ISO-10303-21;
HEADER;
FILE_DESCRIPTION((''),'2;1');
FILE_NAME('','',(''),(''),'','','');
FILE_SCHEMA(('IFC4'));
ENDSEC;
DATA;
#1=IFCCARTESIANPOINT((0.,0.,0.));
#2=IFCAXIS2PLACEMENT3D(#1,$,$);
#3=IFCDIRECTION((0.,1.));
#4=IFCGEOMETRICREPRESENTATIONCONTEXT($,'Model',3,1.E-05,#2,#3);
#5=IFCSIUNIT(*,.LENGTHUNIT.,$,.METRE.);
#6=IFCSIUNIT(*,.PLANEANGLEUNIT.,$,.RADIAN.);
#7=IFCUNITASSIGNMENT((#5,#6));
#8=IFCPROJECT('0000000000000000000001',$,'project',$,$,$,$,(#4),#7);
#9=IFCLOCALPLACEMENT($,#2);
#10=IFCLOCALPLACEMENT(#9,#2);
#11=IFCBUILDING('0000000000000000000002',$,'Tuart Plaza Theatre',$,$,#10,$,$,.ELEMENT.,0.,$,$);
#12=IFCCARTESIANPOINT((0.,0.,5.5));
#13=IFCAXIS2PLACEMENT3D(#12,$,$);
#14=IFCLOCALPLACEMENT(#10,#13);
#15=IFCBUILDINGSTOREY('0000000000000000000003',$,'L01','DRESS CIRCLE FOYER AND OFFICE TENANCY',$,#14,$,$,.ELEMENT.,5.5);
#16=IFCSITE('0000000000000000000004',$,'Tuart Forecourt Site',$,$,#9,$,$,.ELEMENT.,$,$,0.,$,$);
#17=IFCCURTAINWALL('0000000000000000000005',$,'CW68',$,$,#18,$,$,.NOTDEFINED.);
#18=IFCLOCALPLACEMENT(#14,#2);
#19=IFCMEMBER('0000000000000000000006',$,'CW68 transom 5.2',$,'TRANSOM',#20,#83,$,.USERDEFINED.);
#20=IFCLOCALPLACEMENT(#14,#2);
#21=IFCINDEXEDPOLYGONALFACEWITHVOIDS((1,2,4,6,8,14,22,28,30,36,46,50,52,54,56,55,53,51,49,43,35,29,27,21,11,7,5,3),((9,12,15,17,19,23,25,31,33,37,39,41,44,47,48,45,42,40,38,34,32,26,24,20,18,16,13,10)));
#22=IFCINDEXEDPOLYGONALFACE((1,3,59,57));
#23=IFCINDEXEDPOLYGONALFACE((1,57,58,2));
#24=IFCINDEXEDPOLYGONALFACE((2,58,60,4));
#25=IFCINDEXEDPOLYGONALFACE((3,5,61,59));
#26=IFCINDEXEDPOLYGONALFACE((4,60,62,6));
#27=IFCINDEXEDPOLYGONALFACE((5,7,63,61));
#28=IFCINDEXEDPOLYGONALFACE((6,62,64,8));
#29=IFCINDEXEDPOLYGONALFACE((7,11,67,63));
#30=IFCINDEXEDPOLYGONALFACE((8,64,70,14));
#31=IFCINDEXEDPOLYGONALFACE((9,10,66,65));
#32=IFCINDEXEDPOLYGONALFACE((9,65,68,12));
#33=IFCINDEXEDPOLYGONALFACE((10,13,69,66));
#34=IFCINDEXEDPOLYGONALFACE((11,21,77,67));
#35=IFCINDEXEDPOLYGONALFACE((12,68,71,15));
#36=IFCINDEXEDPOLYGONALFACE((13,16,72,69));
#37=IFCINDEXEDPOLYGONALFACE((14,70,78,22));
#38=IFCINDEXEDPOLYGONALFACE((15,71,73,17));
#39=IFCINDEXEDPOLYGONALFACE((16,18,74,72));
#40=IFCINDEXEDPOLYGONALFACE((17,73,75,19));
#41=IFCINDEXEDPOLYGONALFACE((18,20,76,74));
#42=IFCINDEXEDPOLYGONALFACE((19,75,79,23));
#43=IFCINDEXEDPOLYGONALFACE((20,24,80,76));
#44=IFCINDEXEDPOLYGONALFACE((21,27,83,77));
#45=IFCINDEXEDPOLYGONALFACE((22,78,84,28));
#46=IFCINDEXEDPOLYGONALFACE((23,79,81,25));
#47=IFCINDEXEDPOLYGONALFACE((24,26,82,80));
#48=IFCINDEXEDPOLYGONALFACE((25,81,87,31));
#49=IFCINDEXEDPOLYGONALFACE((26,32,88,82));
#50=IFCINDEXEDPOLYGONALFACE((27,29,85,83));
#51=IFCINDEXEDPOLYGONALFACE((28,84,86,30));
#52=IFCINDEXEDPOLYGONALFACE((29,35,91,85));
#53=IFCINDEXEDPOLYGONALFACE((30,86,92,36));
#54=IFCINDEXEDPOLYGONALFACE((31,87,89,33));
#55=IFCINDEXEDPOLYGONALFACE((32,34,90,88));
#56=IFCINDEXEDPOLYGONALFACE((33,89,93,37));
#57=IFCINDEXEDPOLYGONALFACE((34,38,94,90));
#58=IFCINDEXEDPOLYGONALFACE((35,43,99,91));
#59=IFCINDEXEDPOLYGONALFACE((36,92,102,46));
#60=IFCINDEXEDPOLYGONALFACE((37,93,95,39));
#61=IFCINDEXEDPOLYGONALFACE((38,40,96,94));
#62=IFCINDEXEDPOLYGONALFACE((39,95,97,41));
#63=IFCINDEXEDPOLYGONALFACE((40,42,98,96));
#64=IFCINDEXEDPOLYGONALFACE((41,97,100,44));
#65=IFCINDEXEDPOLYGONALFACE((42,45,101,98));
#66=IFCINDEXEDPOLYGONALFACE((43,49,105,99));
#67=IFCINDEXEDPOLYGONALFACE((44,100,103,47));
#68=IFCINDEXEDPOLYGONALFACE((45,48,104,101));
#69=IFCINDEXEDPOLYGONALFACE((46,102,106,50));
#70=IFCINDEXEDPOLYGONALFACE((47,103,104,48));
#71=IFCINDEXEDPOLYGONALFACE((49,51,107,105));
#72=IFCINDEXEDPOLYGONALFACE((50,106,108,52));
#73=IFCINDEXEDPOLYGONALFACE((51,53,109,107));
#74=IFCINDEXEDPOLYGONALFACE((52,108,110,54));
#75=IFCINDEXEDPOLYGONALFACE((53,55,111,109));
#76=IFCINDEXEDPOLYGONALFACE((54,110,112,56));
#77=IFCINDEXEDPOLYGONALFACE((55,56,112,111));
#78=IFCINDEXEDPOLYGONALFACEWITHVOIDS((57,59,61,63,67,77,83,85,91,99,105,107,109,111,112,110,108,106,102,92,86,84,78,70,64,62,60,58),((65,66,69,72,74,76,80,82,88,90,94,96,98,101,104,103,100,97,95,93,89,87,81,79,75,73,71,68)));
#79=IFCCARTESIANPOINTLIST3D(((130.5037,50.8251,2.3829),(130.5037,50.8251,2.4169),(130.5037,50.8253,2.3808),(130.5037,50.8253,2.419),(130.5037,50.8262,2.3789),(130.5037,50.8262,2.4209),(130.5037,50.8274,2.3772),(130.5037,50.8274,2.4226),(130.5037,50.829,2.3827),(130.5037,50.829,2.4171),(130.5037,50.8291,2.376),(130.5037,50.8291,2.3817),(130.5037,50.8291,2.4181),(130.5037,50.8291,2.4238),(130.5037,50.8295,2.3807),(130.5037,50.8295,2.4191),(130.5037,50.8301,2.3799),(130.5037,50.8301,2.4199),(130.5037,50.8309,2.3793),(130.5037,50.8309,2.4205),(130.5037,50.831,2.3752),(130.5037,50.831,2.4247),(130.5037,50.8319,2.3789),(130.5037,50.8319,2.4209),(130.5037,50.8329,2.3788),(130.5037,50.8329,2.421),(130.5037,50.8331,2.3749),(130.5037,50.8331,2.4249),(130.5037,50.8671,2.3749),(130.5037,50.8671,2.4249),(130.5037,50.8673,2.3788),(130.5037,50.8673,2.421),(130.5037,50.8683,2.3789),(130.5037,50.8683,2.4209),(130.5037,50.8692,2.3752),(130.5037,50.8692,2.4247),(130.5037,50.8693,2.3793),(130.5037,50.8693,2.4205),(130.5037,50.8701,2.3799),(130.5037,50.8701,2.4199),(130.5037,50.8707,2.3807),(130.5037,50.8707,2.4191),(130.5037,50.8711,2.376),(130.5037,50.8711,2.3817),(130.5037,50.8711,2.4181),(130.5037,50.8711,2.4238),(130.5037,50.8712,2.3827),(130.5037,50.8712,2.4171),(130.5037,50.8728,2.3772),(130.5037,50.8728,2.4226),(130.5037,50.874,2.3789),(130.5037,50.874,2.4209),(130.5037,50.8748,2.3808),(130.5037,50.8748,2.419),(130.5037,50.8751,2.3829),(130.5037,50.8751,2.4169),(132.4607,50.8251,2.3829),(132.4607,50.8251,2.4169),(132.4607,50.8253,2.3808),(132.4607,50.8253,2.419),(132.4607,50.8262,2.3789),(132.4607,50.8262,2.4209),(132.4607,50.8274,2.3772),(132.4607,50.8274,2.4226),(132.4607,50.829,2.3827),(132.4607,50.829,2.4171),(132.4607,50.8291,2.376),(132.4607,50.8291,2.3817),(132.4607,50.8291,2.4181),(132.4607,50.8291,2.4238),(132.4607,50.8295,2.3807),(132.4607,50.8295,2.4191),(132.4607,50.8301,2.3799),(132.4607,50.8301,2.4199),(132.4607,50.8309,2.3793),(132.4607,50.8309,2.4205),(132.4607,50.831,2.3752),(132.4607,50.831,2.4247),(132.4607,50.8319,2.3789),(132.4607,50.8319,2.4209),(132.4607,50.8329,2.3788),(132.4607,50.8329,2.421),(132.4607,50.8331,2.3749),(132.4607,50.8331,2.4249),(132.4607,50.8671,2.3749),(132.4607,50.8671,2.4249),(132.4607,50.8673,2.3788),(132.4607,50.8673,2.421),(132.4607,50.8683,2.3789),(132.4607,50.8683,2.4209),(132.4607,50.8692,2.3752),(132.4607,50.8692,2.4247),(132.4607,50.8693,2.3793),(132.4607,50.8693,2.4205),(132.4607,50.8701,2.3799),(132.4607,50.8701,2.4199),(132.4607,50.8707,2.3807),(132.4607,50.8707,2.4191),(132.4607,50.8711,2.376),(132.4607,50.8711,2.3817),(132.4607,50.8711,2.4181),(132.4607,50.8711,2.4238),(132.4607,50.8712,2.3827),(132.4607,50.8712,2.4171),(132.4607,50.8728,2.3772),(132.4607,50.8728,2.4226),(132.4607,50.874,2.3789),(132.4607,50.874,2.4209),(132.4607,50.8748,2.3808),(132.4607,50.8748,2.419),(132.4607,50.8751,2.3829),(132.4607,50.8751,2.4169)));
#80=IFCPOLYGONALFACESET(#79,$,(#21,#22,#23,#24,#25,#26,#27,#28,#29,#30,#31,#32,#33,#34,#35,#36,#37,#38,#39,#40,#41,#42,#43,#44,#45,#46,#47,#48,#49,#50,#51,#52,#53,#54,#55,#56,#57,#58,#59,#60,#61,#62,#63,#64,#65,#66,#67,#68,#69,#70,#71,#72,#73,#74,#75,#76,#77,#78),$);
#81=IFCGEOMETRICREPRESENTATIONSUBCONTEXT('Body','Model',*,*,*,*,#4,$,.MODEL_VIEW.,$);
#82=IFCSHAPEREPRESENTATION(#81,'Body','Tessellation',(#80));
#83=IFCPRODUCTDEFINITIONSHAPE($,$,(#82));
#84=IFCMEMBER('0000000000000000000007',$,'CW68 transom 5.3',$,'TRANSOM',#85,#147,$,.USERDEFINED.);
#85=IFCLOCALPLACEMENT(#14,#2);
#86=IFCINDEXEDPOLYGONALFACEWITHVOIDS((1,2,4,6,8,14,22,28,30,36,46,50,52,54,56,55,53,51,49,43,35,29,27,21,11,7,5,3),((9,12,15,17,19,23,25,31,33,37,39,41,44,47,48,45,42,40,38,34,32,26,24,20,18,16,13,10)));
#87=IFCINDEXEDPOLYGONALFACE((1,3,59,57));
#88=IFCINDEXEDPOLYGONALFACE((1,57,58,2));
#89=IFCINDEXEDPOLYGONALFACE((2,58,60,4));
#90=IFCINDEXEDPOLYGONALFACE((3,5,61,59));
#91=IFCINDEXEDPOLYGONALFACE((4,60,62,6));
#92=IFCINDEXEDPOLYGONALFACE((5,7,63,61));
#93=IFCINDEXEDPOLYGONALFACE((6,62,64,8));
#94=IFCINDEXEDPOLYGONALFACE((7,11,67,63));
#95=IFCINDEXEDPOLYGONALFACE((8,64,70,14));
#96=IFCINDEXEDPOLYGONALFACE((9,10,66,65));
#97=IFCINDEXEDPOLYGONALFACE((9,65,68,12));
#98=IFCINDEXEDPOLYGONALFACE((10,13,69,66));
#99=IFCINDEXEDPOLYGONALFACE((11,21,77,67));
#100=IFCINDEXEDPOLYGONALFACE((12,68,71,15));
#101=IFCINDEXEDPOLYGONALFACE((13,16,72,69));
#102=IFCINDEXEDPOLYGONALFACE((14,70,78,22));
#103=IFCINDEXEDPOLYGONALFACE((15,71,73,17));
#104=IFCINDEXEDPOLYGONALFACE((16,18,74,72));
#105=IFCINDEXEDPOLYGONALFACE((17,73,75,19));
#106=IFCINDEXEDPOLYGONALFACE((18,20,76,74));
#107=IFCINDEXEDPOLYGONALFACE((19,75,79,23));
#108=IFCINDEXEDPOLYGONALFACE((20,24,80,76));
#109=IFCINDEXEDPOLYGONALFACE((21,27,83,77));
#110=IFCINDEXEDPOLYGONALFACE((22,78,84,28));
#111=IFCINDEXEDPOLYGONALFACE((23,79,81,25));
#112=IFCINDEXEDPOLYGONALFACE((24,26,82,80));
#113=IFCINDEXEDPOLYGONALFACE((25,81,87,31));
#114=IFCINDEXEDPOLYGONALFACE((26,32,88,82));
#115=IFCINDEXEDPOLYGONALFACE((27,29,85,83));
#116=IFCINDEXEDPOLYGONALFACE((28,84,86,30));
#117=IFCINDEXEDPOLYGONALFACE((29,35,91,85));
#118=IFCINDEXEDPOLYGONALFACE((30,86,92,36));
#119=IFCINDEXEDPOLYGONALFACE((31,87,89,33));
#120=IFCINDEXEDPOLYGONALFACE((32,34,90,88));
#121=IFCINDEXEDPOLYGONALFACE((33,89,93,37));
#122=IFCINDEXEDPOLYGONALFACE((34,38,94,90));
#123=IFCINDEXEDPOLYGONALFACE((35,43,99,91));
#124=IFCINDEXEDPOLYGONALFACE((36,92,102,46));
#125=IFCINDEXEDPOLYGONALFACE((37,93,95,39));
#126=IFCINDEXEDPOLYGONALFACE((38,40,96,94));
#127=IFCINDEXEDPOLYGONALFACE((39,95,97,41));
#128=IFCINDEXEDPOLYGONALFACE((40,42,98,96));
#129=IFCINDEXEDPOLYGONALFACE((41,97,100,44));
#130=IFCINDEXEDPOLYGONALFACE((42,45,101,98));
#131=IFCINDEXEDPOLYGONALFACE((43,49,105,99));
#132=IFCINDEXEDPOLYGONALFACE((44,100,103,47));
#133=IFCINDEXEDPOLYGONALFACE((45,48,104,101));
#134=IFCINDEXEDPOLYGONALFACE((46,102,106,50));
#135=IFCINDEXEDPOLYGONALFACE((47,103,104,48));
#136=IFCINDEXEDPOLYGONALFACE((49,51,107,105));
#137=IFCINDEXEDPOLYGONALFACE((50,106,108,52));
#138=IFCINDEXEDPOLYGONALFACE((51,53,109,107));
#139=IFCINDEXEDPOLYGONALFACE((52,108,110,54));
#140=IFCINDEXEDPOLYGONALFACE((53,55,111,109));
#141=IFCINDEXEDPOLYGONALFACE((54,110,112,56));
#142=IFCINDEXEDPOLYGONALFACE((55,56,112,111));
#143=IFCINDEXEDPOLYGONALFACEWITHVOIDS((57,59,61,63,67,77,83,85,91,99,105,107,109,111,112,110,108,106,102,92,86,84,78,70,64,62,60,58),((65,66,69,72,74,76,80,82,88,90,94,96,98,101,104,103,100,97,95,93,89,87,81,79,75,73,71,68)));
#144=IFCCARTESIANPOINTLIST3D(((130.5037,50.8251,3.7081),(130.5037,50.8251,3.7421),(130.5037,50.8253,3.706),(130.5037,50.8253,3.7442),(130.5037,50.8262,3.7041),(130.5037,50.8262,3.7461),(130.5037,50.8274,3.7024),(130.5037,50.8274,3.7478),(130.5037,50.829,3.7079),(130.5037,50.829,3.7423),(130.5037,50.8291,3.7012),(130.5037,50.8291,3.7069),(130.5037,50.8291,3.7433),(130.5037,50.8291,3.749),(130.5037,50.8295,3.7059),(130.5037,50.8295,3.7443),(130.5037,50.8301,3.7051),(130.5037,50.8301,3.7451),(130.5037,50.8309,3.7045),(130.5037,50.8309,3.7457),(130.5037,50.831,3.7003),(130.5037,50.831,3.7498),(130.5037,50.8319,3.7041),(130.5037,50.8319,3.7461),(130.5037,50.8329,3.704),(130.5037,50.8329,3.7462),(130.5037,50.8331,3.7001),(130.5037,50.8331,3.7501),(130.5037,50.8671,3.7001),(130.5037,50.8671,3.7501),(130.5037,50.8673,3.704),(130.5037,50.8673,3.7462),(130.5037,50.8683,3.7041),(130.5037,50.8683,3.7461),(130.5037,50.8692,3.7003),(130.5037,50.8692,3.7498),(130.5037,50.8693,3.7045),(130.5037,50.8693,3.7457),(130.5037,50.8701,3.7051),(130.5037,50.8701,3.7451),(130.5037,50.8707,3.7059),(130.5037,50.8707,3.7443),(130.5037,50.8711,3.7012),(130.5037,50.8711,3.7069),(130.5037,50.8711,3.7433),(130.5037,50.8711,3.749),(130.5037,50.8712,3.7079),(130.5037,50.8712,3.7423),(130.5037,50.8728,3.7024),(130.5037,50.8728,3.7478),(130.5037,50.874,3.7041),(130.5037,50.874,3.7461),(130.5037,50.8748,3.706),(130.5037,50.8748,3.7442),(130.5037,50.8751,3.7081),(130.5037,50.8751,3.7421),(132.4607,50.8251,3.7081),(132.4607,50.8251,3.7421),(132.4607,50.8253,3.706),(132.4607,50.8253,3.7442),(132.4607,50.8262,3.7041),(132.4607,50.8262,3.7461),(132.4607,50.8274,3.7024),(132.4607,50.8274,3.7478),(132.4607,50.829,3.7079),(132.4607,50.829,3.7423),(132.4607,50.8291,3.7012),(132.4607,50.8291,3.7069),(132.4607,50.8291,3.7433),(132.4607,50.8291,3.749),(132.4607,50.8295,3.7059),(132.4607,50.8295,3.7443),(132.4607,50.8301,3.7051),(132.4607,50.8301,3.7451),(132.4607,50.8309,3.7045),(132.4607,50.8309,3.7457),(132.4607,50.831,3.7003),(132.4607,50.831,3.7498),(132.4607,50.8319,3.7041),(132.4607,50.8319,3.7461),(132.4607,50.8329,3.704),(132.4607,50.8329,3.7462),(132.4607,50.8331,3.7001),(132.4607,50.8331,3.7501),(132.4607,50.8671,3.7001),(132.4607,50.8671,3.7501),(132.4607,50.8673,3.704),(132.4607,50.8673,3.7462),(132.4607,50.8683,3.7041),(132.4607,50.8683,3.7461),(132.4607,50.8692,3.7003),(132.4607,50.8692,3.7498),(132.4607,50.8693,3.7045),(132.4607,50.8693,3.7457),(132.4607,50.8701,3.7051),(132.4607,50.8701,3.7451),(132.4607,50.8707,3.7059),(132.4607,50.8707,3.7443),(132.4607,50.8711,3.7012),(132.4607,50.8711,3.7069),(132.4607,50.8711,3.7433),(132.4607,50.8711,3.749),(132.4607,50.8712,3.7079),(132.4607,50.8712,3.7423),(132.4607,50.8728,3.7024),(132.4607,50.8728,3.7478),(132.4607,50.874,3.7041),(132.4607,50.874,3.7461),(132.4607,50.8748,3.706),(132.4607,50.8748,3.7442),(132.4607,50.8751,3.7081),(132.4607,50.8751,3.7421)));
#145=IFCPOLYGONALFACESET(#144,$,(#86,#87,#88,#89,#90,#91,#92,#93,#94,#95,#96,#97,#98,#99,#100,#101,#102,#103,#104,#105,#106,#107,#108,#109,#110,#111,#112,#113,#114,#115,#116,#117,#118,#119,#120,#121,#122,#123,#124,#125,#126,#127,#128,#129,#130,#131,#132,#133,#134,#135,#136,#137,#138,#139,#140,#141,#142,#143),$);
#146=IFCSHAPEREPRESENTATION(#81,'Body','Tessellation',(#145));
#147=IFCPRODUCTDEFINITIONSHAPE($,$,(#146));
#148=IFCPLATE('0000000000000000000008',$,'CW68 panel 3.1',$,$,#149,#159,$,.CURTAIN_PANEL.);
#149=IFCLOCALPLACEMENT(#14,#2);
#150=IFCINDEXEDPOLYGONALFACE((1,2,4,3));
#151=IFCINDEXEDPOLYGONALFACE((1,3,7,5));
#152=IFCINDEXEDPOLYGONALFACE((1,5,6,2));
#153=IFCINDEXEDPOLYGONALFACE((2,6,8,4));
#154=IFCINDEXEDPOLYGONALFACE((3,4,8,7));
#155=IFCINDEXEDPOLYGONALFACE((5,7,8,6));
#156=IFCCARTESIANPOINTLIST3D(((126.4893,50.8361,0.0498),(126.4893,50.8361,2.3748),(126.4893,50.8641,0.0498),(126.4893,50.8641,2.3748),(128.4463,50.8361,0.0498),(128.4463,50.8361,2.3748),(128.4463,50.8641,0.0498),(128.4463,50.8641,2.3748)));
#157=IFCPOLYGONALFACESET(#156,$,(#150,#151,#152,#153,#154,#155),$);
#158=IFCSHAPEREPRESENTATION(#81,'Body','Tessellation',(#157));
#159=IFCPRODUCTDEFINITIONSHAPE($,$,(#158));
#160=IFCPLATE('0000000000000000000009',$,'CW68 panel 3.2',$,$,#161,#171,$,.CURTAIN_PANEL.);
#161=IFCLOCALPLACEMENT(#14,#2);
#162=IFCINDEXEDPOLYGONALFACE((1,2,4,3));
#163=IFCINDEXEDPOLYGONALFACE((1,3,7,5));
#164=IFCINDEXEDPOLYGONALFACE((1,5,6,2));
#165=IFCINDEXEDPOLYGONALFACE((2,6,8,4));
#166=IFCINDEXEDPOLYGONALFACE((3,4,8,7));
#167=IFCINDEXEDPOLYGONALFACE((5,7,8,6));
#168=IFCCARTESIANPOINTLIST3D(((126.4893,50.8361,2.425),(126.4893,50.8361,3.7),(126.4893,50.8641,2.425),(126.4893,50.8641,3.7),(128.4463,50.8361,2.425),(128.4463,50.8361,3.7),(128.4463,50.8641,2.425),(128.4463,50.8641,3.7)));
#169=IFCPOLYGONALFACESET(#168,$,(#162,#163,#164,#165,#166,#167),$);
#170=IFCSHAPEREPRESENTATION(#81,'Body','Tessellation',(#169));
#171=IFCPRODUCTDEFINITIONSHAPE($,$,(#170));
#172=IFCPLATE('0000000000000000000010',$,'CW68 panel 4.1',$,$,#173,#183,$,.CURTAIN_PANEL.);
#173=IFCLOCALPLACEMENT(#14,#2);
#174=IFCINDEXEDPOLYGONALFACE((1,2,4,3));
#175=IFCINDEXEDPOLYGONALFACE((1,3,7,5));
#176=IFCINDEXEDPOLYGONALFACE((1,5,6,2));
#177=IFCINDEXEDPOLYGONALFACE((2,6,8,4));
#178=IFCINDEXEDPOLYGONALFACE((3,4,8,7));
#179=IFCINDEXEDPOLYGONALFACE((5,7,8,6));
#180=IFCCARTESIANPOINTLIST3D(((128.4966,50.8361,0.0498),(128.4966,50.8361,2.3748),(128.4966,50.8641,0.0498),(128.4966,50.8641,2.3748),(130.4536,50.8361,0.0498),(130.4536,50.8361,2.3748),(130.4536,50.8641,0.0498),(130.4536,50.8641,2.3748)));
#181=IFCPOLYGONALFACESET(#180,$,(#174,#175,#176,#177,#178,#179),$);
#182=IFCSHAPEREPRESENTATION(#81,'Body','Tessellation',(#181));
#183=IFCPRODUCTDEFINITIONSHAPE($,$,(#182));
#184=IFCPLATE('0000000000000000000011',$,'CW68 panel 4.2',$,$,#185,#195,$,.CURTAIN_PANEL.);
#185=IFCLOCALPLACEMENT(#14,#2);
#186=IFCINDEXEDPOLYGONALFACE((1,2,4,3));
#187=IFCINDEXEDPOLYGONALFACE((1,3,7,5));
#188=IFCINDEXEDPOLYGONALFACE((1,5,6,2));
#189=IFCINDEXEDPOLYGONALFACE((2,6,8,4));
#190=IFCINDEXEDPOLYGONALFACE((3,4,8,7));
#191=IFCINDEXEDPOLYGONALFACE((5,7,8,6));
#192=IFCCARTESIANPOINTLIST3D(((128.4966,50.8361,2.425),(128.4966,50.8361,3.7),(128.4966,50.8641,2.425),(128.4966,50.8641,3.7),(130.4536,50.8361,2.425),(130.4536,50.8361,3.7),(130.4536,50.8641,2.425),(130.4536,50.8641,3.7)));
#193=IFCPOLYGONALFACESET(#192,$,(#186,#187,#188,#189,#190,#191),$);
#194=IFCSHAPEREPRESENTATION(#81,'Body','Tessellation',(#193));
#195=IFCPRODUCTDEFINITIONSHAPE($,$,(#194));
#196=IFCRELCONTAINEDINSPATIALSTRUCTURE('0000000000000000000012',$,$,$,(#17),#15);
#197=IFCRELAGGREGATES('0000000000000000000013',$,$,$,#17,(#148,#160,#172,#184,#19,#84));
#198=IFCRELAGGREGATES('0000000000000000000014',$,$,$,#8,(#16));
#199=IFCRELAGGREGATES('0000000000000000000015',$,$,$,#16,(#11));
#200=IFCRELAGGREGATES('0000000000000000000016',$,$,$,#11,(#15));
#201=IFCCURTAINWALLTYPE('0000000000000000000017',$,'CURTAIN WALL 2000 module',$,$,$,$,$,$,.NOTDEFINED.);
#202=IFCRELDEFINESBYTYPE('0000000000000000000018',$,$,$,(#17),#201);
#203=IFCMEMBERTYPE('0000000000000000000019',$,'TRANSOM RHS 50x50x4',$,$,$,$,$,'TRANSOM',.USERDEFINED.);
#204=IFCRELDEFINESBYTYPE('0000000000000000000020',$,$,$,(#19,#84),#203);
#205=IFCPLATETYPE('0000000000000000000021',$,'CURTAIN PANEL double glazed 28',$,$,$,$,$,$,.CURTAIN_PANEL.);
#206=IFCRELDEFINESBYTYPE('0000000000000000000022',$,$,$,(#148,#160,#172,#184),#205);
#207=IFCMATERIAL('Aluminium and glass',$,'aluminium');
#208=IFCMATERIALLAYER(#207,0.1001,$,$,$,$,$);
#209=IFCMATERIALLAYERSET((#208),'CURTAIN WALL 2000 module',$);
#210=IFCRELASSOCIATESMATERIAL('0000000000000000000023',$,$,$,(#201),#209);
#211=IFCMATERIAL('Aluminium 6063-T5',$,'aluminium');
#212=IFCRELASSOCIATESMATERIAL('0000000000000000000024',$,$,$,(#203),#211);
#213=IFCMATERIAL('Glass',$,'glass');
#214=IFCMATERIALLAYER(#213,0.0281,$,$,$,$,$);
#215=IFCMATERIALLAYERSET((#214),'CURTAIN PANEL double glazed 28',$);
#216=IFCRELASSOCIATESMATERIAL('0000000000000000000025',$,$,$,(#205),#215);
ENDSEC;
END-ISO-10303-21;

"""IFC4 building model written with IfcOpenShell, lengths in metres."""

from ifc_helpers import new_model, si_unit, direction, frame, origin, origin_2d, place, context, subcontext, project, spatial, rectangle, hollow_rectangle, extrude, material, layer, layer_set, material_profile, profile_set, type_object, element, aggregate, save


model = new_model("IFC4")

# Units and contexts
model_context = context("Model", 3, precision=1e-05, world=origin(), true_north=direction((0.0, 1.0)))
body_context = subcontext(model_context, "Body", "Model", "MODEL_VIEW")
ifc_project = project(units=[si_unit("LENGTHUNIT", "METRE"), si_unit("PLANEANGLEUNIT", "RADIAN")], contexts=[model_context])

# Site, building, storey
site_placement = place(None, origin())
site = spatial("IfcSite", under=ifc_project, at=site_placement, Name="Tuart Forecourt Site", CompositionType="ELEMENT", RefElevation=0.0)
building_placement = place(site_placement, origin())
building = spatial("IfcBuilding", under=site, at=building_placement, Name="Tuart Plaza Theatre", CompositionType="ELEMENT", ElevationOfRefHeight=0.0)
storey_placement = place(building_placement, frame((0.0, 0.0, 5.5)))
storey = spatial("IfcBuildingStorey", under=building, at=storey_placement, Name="L01", Description="DRESS CIRCLE FOYER AND OFFICE TENANCY", CompositionType="ELEMENT", Elevation=5.5)

# Curtain wall, members, plates
ifc_material_1 = material(Name="Aluminium and glass", Category="aluminium")
ifc_layer_1 = layer(ifc_material_1, 0.1001)
ifc_layer_set_1 = layer_set([ifc_layer_1], Name="CURTAIN WALL 2000 module")
curtain_wall_type = type_object("IfcCurtainWallType", Name="CURTAIN WALL 2000 module", PredefinedType="NOTDEFINED", material=ifc_layer_set_1)
curtain_wall_placement = place(storey_placement, origin())
curtain_wall = element("IfcCurtainWall", 1, at=curtain_wall_placement, inside=storey, type_object=curtain_wall_type, Name="CW68", PredefinedType="NOTDEFINED")
ifc_material_2 = material(Name="Aluminium 6063-T5", Category="aluminium")
ifc_material_profile_1 = material_profile(ifc_material_2, hollow_rectangle(XDim=0.05, YDim=0.05, WallThickness=0.0039, InnerFilletRadius=0.0039, OuterFilletRadius=0.0081, at=origin_2d()), Name="RHS 50x50x4")
ifc_profile_set_1 = profile_set([ifc_material_profile_1], Name="Aluminium 6063-T5")
member_type_1 = type_object("IfcMemberType", Name="TRANSOM RHS 50x50x4", ElementType="TRANSOM", PredefinedType="USERDEFINED", material=ifc_profile_set_1)
member_1_placement = place(storey_placement, frame((130.5037, 50.8501, 2.3999), z_axis=(1.0, 0.0, 0.0), x_axis=(0.0, 1.0, 0.0)))
member_1 = element("IfcMember", 2, at=member_1_placement, type_object=member_type_1, Name="CW68 transom 5.2", ObjectType="TRANSOM", PredefinedType="USERDEFINED", context=body_context, shape_type="SweptSolid", body=[
    extrude(hollow_rectangle(XDim=0.05, YDim=0.05, WallThickness=0.0039, InnerFilletRadius=0.0039, OuterFilletRadius=0.0081, at=origin_2d()), origin(), (0.0, 0.0, 1.0), 1.957),
])
member_2_placement = place(storey_placement, frame((130.5037, 50.8501, 3.7251), z_axis=(1.0, 0.0, 0.0), x_axis=(0.0, 1.0, 0.0)))
member_2 = element("IfcMember", 3, at=member_2_placement, type_object=member_type_1, Name="CW68 transom 5.3", ObjectType="TRANSOM", PredefinedType="USERDEFINED", context=body_context, shape_type="SweptSolid", body=[
    extrude(hollow_rectangle(XDim=0.05, YDim=0.05, WallThickness=0.0039, InnerFilletRadius=0.0039, OuterFilletRadius=0.0081, at=origin_2d()), origin(), (0.0, 0.0, 1.0), 1.957),
])
ifc_material_3 = material(Name="Glass", Category="glass")
ifc_layer_2 = layer(ifc_material_3, 0.0281)
ifc_layer_set_2 = layer_set([ifc_layer_2], Name="CURTAIN PANEL double glazed 28")
plate_type_1 = type_object("IfcPlateType", Name="CURTAIN PANEL double glazed 28", PredefinedType="CURTAIN_PANEL", material=ifc_layer_set_2)
plate_1_placement = place(storey_placement, frame((127.4678, 50.8501, 0.0498), z_axis=(0.0, 0.0, 1.0), x_axis=(1.0, 0.0, 0.0)))
plate_1 = element("IfcPlate", 4, at=plate_1_placement, type_object=plate_type_1, Name="CW68 panel 3.1", PredefinedType="CURTAIN_PANEL", context=body_context, shape_type="SweptSolid", body=[
    extrude(rectangle(XDim=1.957, YDim=0.0281, at=origin_2d()), origin(), (0.0, 0.0, 1.0), 2.325),
])
plate_2_placement = place(storey_placement, frame((127.4678, 50.8501, 2.425), z_axis=(0.0, 0.0, 1.0), x_axis=(1.0, 0.0, 0.0)))
plate_2 = element("IfcPlate", 5, at=plate_2_placement, type_object=plate_type_1, Name="CW68 panel 3.2", PredefinedType="CURTAIN_PANEL", context=body_context, shape_type="SweptSolid", body=[
    extrude(rectangle(XDim=1.957, YDim=0.0281, at=origin_2d()), origin(), (0.0, 0.0, 1.0), 1.2749),
])
plate_3_placement = place(storey_placement, frame((129.4751, 50.8501, 0.0498), z_axis=(0.0, 0.0, 1.0), x_axis=(1.0, 0.0, 0.0)))
plate_3 = element("IfcPlate", 6, at=plate_3_placement, type_object=plate_type_1, Name="CW68 panel 4.1", PredefinedType="CURTAIN_PANEL", context=body_context, shape_type="SweptSolid", body=[
    extrude(rectangle(XDim=1.957, YDim=0.0281, at=origin_2d()), origin(), (0.0, 0.0, 1.0), 2.325),
])
plate_4_placement = place(storey_placement, frame((129.4751, 50.8501, 2.425), z_axis=(0.0, 0.0, 1.0), x_axis=(1.0, 0.0, 0.0)))
plate_4 = element("IfcPlate", 7, at=plate_4_placement, type_object=plate_type_1, Name="CW68 panel 4.2", PredefinedType="CURTAIN_PANEL", context=body_context, shape_type="SweptSolid", body=[
    extrude(rectangle(XDim=1.957, YDim=0.0281, at=origin_2d()), origin(), (0.0, 0.0, 1.0), 1.2749),
])
aggregate(curtain_wall, [plate_1, plate_2, plate_3, plate_4, member_1, member_2])

save(model, "model.ifc")
